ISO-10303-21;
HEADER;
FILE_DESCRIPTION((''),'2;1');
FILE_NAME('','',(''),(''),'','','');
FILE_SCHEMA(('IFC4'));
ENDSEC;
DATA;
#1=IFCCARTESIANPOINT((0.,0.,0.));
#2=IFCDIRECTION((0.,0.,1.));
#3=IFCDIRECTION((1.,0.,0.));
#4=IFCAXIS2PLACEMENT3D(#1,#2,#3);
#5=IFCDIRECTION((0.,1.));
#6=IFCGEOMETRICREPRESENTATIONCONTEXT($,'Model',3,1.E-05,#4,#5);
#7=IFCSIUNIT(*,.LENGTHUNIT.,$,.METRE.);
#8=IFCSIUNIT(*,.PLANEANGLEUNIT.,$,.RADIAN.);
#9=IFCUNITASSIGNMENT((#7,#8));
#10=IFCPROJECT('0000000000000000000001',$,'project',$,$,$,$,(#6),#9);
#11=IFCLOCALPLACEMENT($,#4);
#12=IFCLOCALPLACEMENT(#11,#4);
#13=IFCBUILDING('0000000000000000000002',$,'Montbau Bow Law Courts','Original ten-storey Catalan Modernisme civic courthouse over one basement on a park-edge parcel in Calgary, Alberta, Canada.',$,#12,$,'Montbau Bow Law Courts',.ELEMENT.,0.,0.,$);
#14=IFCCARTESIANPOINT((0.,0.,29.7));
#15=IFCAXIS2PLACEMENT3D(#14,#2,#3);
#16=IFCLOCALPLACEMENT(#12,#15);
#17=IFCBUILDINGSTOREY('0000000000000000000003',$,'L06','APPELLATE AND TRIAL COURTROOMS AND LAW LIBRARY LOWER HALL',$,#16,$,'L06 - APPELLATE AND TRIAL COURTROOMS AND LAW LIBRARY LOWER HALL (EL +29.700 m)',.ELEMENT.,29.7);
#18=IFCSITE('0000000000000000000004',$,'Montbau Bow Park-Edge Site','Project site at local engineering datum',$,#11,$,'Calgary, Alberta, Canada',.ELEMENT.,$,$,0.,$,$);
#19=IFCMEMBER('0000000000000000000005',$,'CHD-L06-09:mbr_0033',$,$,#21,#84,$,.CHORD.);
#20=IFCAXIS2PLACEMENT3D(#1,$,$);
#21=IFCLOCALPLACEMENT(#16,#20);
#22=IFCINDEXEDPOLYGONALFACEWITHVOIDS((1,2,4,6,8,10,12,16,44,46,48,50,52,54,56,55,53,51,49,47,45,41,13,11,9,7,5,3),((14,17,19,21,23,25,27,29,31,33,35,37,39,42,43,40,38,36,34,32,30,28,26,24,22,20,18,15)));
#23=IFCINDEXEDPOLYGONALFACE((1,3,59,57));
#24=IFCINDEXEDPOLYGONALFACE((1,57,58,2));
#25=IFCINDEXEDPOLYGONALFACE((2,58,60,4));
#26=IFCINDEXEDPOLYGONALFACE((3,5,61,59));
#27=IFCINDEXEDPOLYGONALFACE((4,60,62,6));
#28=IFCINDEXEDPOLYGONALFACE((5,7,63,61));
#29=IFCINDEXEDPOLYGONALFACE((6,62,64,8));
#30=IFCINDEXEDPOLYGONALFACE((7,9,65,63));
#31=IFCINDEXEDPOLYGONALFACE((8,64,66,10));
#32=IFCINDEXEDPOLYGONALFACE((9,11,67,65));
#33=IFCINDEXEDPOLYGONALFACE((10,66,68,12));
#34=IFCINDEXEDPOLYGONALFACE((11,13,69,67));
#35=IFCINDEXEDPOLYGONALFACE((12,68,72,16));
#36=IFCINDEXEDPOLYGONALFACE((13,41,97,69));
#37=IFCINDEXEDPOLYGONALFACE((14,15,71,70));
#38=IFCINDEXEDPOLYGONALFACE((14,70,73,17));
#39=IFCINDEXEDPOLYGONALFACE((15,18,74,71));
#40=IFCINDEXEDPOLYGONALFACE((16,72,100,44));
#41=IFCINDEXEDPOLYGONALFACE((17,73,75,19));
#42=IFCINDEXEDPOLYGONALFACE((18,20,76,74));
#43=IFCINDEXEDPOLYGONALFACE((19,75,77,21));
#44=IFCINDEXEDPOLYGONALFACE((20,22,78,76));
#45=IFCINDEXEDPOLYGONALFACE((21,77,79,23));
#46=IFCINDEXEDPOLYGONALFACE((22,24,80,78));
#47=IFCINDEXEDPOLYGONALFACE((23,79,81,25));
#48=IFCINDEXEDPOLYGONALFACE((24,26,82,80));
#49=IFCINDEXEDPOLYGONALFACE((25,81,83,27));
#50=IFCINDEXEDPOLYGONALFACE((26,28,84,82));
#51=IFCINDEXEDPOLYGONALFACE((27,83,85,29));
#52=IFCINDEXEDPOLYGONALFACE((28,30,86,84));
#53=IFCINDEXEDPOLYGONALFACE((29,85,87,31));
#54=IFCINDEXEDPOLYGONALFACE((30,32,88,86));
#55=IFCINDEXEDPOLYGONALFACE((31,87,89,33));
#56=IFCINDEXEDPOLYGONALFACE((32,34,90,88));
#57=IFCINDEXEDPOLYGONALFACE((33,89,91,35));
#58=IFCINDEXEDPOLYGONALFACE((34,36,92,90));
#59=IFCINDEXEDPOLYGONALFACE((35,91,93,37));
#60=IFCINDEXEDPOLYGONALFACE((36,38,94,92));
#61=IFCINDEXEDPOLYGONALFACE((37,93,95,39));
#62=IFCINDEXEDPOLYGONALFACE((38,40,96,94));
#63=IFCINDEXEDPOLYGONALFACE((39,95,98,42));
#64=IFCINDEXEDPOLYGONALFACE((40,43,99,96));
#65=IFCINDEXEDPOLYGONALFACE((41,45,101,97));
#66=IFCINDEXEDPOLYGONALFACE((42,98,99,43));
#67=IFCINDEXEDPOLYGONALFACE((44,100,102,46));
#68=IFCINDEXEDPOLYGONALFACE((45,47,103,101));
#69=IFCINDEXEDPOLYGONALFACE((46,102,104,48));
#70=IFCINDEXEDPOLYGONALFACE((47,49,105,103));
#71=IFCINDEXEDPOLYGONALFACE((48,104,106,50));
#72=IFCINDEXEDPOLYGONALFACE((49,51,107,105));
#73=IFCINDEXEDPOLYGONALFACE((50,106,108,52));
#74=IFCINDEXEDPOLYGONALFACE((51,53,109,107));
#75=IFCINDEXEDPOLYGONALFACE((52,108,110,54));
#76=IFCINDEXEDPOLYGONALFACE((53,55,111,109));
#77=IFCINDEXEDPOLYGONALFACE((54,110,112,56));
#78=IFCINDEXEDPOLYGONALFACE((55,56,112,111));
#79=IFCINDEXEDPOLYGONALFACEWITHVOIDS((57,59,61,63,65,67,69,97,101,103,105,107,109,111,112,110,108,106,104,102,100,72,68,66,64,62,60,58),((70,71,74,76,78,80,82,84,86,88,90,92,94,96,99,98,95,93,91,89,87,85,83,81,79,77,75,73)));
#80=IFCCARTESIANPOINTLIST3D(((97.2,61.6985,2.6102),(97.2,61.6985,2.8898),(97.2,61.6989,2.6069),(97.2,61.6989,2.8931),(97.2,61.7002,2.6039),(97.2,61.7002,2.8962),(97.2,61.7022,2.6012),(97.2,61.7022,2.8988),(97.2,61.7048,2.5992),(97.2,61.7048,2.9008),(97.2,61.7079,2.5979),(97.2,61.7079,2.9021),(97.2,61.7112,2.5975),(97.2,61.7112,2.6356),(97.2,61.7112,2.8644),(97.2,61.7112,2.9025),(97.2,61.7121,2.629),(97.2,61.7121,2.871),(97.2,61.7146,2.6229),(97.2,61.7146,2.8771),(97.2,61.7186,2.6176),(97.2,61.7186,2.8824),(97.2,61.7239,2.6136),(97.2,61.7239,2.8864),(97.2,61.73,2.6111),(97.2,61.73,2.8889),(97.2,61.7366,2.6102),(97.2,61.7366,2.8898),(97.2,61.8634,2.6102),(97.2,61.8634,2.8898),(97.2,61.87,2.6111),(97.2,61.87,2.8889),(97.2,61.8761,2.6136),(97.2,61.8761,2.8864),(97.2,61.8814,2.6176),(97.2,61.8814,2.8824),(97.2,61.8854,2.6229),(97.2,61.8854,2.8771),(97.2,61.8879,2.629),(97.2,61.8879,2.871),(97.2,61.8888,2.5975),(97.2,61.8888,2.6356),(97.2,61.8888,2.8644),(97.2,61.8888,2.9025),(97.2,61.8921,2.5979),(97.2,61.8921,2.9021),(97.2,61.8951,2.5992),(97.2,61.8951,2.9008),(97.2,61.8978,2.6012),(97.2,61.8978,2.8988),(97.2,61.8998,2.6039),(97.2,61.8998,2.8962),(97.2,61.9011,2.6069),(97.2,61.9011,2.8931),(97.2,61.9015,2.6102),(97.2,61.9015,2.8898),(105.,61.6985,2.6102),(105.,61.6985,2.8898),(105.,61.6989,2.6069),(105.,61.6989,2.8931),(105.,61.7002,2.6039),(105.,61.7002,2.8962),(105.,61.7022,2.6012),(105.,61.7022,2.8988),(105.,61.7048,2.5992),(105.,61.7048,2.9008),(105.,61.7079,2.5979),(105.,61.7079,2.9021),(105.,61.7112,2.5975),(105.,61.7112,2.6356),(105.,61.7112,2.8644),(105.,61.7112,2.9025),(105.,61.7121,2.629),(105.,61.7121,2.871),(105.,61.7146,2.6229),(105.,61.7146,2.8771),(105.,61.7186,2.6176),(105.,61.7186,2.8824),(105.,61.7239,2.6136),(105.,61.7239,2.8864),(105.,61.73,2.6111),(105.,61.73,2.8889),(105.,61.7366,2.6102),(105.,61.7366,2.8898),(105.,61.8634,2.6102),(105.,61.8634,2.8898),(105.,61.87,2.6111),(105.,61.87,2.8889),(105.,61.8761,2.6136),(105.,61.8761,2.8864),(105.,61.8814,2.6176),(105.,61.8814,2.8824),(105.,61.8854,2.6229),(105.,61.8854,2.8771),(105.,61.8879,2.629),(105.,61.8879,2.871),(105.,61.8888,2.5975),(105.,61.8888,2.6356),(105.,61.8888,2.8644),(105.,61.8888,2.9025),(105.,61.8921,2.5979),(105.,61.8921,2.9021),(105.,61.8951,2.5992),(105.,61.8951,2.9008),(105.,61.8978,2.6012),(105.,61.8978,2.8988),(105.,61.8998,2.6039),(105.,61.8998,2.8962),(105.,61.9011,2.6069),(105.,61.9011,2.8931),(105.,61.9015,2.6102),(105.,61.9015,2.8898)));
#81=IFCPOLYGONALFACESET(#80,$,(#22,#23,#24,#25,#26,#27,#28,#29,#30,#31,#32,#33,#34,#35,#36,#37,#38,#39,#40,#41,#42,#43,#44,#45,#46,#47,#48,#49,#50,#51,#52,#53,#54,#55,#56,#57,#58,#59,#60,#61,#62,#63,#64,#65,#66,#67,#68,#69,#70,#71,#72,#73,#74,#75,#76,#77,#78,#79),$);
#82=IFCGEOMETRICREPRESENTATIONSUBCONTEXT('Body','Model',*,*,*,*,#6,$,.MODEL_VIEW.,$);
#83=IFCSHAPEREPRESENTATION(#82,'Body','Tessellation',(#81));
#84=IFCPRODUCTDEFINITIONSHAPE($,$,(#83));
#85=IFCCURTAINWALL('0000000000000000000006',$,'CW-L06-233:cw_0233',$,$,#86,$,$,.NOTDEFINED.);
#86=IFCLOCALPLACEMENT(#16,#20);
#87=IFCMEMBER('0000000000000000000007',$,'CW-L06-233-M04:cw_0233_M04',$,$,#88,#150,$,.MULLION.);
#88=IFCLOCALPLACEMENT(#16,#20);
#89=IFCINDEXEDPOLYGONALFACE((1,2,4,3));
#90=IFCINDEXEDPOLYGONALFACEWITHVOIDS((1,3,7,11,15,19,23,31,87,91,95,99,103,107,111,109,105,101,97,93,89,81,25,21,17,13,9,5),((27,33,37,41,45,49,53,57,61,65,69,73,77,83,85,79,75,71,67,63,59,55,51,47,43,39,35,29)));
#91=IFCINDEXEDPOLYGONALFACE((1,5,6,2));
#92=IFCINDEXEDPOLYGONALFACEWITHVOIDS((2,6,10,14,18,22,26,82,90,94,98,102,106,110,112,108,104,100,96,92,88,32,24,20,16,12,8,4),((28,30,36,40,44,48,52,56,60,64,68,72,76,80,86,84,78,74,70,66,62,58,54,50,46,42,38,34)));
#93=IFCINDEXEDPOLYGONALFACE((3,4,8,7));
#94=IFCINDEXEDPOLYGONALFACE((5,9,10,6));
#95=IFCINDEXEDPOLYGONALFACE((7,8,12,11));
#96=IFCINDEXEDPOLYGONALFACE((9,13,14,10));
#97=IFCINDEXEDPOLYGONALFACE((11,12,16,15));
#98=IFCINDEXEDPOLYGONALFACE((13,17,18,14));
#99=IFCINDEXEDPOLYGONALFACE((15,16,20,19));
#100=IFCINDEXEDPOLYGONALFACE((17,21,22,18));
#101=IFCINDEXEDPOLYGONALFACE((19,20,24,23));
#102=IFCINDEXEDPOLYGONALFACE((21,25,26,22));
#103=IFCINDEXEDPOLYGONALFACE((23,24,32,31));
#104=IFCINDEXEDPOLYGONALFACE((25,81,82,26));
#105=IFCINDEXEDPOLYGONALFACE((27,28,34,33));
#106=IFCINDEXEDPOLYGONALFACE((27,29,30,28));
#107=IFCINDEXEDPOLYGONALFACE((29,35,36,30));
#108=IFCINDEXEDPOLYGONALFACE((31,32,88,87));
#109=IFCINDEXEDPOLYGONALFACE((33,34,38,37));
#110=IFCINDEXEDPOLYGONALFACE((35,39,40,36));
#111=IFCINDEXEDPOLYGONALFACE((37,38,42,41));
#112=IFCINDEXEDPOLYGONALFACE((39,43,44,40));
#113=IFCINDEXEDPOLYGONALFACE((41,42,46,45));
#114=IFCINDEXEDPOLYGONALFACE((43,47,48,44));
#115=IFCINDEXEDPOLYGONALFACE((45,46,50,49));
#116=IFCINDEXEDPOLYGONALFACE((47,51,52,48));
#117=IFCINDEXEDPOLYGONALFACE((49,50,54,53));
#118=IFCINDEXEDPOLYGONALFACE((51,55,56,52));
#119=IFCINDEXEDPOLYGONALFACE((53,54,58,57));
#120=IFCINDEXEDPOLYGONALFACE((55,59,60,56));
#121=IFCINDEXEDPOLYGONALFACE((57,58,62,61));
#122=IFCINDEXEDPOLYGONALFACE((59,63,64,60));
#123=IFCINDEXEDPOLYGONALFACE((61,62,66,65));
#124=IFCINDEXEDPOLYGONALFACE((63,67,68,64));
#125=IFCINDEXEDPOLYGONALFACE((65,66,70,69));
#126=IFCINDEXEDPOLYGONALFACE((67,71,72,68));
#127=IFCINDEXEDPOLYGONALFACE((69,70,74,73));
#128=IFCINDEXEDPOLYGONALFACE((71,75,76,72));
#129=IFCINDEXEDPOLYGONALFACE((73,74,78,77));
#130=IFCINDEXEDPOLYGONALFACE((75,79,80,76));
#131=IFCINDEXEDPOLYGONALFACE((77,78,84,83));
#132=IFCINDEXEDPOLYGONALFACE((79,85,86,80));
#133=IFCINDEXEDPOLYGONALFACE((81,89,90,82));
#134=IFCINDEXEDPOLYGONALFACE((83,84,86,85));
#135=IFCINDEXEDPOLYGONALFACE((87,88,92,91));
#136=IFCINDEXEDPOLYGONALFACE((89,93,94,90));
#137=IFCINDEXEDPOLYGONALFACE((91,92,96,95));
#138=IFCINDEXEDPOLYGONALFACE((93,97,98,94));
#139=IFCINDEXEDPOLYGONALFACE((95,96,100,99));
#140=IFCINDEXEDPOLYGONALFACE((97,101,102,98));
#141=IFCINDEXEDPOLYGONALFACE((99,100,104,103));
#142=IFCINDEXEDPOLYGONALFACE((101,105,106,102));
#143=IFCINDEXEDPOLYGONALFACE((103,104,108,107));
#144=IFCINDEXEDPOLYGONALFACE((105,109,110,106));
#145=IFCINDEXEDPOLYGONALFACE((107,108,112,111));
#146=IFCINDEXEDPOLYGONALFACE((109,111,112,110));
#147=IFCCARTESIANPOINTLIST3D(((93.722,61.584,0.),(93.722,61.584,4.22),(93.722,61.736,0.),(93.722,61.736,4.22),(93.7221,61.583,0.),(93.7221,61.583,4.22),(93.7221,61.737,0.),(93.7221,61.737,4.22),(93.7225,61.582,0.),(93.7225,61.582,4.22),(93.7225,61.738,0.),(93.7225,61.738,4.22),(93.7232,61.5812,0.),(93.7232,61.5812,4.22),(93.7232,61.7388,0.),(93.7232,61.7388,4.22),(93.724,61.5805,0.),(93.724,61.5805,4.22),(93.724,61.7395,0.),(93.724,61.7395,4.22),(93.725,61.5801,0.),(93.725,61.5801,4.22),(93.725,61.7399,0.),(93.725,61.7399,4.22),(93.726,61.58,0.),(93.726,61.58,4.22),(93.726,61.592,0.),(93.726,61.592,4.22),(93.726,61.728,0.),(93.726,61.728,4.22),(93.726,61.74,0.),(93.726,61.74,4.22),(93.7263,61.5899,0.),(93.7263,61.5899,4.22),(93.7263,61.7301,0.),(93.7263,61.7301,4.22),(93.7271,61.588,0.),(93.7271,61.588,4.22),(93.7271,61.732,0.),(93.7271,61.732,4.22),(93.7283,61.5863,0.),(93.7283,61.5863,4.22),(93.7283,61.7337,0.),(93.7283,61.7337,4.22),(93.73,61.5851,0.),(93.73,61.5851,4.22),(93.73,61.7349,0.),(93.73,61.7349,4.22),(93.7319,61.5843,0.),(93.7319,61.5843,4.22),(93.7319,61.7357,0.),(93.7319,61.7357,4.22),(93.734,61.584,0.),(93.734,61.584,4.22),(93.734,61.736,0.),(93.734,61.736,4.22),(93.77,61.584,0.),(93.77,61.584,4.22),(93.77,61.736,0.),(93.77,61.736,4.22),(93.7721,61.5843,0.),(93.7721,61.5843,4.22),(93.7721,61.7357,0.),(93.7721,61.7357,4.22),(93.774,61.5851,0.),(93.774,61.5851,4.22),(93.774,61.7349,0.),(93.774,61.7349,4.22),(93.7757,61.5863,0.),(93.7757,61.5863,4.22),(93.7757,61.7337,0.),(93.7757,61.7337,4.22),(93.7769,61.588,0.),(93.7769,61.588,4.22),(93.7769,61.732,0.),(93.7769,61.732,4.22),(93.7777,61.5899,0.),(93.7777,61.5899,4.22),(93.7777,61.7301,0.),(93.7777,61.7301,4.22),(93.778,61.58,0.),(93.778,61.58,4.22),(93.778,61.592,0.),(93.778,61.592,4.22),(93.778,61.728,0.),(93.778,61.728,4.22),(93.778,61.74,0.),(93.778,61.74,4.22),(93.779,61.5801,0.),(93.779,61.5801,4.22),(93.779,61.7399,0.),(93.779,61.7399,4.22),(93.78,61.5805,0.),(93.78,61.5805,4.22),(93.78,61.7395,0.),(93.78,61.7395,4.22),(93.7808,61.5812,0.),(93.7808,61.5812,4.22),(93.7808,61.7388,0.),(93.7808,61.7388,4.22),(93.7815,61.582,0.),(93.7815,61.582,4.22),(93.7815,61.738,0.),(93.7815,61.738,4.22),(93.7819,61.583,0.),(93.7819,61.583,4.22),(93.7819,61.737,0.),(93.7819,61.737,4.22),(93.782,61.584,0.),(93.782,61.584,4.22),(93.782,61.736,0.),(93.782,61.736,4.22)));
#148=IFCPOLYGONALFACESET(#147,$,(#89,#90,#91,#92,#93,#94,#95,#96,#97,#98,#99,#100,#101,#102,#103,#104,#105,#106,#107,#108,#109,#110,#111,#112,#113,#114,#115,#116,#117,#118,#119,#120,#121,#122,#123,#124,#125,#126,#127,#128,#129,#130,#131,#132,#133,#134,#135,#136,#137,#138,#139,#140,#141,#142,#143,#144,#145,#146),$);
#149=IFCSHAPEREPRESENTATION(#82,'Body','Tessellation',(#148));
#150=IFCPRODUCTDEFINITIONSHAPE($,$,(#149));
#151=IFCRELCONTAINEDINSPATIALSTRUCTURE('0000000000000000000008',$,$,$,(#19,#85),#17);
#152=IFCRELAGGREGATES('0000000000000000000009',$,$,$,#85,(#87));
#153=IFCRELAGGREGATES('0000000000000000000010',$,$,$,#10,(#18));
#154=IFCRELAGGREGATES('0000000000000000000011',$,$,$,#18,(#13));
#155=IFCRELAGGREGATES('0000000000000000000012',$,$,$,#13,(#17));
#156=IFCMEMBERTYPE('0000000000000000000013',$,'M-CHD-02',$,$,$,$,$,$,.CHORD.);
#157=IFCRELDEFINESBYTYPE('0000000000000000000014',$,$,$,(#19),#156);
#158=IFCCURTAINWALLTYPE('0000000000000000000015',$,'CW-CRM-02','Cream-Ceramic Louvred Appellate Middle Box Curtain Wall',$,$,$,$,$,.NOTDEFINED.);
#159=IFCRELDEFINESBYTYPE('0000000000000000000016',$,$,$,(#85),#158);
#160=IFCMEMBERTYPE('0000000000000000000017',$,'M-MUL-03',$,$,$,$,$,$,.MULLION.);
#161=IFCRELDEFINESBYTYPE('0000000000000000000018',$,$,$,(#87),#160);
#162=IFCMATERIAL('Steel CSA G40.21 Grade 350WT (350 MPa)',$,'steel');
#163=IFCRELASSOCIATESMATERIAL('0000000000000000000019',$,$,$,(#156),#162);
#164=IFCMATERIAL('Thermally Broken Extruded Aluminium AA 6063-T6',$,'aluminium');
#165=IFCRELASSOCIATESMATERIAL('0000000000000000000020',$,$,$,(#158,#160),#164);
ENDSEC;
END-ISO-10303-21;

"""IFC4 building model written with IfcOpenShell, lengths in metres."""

from ifc_helpers import new_model, si_unit, direction, frame, origin_with_axes, origin_2d_with_axis, place, context, subcontext, project, spatial, hollow_rectangle, extrude, material, material_profile, profile_set, type_object, element, aggregate, save


model = new_model("IFC4")

# Units and contexts
model_context = context("Model", 3, precision=1e-05, world=origin_with_axes(), true_north=direction((0.0, 1.0)))
body_context = subcontext(model_context, "Body", "Model", "MODEL_VIEW")
ifc_project = project(units=[si_unit("LENGTHUNIT", "METRE"), si_unit("PLANEANGLEUNIT", "RADIAN")], contexts=[model_context])

# Site, building, storey
site_placement = place(None, origin_with_axes())
site = spatial("IfcSite", under=ifc_project, at=site_placement, Name="Montbau Bow Park-Edge Site", Description="Project site at local engineering datum", LongName="Calgary, Alberta, Canada", CompositionType="ELEMENT", RefElevation=0.0)
building_placement = place(site_placement, origin_with_axes())
building = spatial("IfcBuilding", under=site, at=building_placement, Name="Montbau Bow Law Courts", Description="Original ten-storey Catalan Modernisme civic courthouse over one basement on a park-edge parcel in Calgary, Alberta, Canada.", LongName="Montbau Bow Law Courts", CompositionType="ELEMENT", ElevationOfRefHeight=0.0, ElevationOfTerrain=0.0)
storey_placement = place(building_placement, frame((0.0, 0.0, 29.7), z_axis=(0.0, 0.0, 1.0), x_axis=(1.0, 0.0, 0.0)))
storey = spatial("IfcBuildingStorey", under=building, at=storey_placement, Name="L06", Description="APPELLATE AND TRIAL COURTROOMS AND LAW LIBRARY LOWER HALL", LongName="L06 - APPELLATE AND TRIAL COURTROOMS AND LAW LIBRARY LOWER HALL (EL +29.700 m)", CompositionType="ELEMENT", Elevation=29.7)

# Shared definitions
ifc_material_1 = material(Name="Steel CSA G40.21 Grade 350WT (350 MPa)", Category="steel")

# Member
ifc_material_profile_1 = material_profile(ifc_material_1, hollow_rectangle(XDim=0.203, YDim=0.305, WallThickness=0.0127, InnerFilletRadius=0.0254, OuterFilletRadius=0.0127, at=origin_2d_with_axis()), Name="HSS305X203X13", Category="Main", Priority=0)
ifc_profile_set_1 = profile_set([ifc_material_profile_1], Name="Steel CSA G40.21 Grade 350WT (350 MPa)")
member_type_1 = type_object("IfcMemberType", Name="M-CHD-02", PredefinedType="CHORD", material=ifc_profile_set_1)
for number, where, z_axis, x_axis, name in (
    (1, (97.2, 61.8, 32.45), (1.0, 0.0, 0.0), (0.0, 1.0, 0.0), "CHD-L06-09:mbr_0033"),
):
    element("IfcMember", number, at=place(None, frame(where, z_axis=z_axis, x_axis=x_axis)), inside=storey, type_object=member_type_1, Name=name, PredefinedType="CHORD", context=body_context, shape_type="SweptSolid", body=[
        extrude(hollow_rectangle(XDim=0.203, YDim=0.305, WallThickness=0.0127, InnerFilletRadius=0.0254, OuterFilletRadius=0.0127, at=origin_2d_with_axis()), origin_with_axes(), (0.0, 0.0, 1.0), 7.8),
    ])

# Curtain wall, member
ifc_material_2 = material(Name="Thermally Broken Extruded Aluminium AA 6063-T6", Category="aluminium")
curtain_wall_type = type_object("IfcCurtainWallType", Name="CW-CRM-02", Description="Cream-Ceramic Louvred Appellate Middle Box Curtain Wall", PredefinedType="NOTDEFINED", material=ifc_material_2)
curtain_wall_placement = place(None, frame((89.24, 61.66, 29.7), z_axis=(0.0, 0.0, 1.0), x_axis=(1.0, 0.0, 0.0)))
curtain_wall = element("IfcCurtainWall", 2, at=curtain_wall_placement, inside=storey, type_object=curtain_wall_type, Name="CW-L06-233:cw_0233", PredefinedType="NOTDEFINED")
ifc_material_profile_2 = material_profile(ifc_material_2, hollow_rectangle(XDim=0.06, YDim=0.16, WallThickness=0.004, InnerFilletRadius=0.008, OuterFilletRadius=0.004, at=origin_2d_with_axis()), Name="CWM-160X60", Category="Main", Priority=0)
ifc_profile_set_2 = profile_set([ifc_material_profile_2], Name="Thermally Broken Extruded Aluminium AA 6063-T6")
member_type_2 = type_object("IfcMemberType", Name="M-MUL-03", PredefinedType="MULLION", material=ifc_profile_set_2)
member_1_placement = place(None, frame((93.752, 61.66, 29.7), z_axis=(0.0, 0.0, 1.0), x_axis=(1.0, 0.0, 0.0)))
member_1 = element("IfcMember", 3, at=member_1_placement, type_object=member_type_2, Name="CW-L06-233-M04:cw_0233_M04", PredefinedType="MULLION", context=body_context, shape_type="SweptSolid", body=[
    extrude(hollow_rectangle(XDim=0.06, YDim=0.16, WallThickness=0.004, InnerFilletRadius=0.008, OuterFilletRadius=0.004, at=origin_2d_with_axis()), origin_with_axes(), (0.0, 0.0, 1.0), 4.22),
])
aggregate(curtain_wall, [member_1])

save(model, "model.ifc")
